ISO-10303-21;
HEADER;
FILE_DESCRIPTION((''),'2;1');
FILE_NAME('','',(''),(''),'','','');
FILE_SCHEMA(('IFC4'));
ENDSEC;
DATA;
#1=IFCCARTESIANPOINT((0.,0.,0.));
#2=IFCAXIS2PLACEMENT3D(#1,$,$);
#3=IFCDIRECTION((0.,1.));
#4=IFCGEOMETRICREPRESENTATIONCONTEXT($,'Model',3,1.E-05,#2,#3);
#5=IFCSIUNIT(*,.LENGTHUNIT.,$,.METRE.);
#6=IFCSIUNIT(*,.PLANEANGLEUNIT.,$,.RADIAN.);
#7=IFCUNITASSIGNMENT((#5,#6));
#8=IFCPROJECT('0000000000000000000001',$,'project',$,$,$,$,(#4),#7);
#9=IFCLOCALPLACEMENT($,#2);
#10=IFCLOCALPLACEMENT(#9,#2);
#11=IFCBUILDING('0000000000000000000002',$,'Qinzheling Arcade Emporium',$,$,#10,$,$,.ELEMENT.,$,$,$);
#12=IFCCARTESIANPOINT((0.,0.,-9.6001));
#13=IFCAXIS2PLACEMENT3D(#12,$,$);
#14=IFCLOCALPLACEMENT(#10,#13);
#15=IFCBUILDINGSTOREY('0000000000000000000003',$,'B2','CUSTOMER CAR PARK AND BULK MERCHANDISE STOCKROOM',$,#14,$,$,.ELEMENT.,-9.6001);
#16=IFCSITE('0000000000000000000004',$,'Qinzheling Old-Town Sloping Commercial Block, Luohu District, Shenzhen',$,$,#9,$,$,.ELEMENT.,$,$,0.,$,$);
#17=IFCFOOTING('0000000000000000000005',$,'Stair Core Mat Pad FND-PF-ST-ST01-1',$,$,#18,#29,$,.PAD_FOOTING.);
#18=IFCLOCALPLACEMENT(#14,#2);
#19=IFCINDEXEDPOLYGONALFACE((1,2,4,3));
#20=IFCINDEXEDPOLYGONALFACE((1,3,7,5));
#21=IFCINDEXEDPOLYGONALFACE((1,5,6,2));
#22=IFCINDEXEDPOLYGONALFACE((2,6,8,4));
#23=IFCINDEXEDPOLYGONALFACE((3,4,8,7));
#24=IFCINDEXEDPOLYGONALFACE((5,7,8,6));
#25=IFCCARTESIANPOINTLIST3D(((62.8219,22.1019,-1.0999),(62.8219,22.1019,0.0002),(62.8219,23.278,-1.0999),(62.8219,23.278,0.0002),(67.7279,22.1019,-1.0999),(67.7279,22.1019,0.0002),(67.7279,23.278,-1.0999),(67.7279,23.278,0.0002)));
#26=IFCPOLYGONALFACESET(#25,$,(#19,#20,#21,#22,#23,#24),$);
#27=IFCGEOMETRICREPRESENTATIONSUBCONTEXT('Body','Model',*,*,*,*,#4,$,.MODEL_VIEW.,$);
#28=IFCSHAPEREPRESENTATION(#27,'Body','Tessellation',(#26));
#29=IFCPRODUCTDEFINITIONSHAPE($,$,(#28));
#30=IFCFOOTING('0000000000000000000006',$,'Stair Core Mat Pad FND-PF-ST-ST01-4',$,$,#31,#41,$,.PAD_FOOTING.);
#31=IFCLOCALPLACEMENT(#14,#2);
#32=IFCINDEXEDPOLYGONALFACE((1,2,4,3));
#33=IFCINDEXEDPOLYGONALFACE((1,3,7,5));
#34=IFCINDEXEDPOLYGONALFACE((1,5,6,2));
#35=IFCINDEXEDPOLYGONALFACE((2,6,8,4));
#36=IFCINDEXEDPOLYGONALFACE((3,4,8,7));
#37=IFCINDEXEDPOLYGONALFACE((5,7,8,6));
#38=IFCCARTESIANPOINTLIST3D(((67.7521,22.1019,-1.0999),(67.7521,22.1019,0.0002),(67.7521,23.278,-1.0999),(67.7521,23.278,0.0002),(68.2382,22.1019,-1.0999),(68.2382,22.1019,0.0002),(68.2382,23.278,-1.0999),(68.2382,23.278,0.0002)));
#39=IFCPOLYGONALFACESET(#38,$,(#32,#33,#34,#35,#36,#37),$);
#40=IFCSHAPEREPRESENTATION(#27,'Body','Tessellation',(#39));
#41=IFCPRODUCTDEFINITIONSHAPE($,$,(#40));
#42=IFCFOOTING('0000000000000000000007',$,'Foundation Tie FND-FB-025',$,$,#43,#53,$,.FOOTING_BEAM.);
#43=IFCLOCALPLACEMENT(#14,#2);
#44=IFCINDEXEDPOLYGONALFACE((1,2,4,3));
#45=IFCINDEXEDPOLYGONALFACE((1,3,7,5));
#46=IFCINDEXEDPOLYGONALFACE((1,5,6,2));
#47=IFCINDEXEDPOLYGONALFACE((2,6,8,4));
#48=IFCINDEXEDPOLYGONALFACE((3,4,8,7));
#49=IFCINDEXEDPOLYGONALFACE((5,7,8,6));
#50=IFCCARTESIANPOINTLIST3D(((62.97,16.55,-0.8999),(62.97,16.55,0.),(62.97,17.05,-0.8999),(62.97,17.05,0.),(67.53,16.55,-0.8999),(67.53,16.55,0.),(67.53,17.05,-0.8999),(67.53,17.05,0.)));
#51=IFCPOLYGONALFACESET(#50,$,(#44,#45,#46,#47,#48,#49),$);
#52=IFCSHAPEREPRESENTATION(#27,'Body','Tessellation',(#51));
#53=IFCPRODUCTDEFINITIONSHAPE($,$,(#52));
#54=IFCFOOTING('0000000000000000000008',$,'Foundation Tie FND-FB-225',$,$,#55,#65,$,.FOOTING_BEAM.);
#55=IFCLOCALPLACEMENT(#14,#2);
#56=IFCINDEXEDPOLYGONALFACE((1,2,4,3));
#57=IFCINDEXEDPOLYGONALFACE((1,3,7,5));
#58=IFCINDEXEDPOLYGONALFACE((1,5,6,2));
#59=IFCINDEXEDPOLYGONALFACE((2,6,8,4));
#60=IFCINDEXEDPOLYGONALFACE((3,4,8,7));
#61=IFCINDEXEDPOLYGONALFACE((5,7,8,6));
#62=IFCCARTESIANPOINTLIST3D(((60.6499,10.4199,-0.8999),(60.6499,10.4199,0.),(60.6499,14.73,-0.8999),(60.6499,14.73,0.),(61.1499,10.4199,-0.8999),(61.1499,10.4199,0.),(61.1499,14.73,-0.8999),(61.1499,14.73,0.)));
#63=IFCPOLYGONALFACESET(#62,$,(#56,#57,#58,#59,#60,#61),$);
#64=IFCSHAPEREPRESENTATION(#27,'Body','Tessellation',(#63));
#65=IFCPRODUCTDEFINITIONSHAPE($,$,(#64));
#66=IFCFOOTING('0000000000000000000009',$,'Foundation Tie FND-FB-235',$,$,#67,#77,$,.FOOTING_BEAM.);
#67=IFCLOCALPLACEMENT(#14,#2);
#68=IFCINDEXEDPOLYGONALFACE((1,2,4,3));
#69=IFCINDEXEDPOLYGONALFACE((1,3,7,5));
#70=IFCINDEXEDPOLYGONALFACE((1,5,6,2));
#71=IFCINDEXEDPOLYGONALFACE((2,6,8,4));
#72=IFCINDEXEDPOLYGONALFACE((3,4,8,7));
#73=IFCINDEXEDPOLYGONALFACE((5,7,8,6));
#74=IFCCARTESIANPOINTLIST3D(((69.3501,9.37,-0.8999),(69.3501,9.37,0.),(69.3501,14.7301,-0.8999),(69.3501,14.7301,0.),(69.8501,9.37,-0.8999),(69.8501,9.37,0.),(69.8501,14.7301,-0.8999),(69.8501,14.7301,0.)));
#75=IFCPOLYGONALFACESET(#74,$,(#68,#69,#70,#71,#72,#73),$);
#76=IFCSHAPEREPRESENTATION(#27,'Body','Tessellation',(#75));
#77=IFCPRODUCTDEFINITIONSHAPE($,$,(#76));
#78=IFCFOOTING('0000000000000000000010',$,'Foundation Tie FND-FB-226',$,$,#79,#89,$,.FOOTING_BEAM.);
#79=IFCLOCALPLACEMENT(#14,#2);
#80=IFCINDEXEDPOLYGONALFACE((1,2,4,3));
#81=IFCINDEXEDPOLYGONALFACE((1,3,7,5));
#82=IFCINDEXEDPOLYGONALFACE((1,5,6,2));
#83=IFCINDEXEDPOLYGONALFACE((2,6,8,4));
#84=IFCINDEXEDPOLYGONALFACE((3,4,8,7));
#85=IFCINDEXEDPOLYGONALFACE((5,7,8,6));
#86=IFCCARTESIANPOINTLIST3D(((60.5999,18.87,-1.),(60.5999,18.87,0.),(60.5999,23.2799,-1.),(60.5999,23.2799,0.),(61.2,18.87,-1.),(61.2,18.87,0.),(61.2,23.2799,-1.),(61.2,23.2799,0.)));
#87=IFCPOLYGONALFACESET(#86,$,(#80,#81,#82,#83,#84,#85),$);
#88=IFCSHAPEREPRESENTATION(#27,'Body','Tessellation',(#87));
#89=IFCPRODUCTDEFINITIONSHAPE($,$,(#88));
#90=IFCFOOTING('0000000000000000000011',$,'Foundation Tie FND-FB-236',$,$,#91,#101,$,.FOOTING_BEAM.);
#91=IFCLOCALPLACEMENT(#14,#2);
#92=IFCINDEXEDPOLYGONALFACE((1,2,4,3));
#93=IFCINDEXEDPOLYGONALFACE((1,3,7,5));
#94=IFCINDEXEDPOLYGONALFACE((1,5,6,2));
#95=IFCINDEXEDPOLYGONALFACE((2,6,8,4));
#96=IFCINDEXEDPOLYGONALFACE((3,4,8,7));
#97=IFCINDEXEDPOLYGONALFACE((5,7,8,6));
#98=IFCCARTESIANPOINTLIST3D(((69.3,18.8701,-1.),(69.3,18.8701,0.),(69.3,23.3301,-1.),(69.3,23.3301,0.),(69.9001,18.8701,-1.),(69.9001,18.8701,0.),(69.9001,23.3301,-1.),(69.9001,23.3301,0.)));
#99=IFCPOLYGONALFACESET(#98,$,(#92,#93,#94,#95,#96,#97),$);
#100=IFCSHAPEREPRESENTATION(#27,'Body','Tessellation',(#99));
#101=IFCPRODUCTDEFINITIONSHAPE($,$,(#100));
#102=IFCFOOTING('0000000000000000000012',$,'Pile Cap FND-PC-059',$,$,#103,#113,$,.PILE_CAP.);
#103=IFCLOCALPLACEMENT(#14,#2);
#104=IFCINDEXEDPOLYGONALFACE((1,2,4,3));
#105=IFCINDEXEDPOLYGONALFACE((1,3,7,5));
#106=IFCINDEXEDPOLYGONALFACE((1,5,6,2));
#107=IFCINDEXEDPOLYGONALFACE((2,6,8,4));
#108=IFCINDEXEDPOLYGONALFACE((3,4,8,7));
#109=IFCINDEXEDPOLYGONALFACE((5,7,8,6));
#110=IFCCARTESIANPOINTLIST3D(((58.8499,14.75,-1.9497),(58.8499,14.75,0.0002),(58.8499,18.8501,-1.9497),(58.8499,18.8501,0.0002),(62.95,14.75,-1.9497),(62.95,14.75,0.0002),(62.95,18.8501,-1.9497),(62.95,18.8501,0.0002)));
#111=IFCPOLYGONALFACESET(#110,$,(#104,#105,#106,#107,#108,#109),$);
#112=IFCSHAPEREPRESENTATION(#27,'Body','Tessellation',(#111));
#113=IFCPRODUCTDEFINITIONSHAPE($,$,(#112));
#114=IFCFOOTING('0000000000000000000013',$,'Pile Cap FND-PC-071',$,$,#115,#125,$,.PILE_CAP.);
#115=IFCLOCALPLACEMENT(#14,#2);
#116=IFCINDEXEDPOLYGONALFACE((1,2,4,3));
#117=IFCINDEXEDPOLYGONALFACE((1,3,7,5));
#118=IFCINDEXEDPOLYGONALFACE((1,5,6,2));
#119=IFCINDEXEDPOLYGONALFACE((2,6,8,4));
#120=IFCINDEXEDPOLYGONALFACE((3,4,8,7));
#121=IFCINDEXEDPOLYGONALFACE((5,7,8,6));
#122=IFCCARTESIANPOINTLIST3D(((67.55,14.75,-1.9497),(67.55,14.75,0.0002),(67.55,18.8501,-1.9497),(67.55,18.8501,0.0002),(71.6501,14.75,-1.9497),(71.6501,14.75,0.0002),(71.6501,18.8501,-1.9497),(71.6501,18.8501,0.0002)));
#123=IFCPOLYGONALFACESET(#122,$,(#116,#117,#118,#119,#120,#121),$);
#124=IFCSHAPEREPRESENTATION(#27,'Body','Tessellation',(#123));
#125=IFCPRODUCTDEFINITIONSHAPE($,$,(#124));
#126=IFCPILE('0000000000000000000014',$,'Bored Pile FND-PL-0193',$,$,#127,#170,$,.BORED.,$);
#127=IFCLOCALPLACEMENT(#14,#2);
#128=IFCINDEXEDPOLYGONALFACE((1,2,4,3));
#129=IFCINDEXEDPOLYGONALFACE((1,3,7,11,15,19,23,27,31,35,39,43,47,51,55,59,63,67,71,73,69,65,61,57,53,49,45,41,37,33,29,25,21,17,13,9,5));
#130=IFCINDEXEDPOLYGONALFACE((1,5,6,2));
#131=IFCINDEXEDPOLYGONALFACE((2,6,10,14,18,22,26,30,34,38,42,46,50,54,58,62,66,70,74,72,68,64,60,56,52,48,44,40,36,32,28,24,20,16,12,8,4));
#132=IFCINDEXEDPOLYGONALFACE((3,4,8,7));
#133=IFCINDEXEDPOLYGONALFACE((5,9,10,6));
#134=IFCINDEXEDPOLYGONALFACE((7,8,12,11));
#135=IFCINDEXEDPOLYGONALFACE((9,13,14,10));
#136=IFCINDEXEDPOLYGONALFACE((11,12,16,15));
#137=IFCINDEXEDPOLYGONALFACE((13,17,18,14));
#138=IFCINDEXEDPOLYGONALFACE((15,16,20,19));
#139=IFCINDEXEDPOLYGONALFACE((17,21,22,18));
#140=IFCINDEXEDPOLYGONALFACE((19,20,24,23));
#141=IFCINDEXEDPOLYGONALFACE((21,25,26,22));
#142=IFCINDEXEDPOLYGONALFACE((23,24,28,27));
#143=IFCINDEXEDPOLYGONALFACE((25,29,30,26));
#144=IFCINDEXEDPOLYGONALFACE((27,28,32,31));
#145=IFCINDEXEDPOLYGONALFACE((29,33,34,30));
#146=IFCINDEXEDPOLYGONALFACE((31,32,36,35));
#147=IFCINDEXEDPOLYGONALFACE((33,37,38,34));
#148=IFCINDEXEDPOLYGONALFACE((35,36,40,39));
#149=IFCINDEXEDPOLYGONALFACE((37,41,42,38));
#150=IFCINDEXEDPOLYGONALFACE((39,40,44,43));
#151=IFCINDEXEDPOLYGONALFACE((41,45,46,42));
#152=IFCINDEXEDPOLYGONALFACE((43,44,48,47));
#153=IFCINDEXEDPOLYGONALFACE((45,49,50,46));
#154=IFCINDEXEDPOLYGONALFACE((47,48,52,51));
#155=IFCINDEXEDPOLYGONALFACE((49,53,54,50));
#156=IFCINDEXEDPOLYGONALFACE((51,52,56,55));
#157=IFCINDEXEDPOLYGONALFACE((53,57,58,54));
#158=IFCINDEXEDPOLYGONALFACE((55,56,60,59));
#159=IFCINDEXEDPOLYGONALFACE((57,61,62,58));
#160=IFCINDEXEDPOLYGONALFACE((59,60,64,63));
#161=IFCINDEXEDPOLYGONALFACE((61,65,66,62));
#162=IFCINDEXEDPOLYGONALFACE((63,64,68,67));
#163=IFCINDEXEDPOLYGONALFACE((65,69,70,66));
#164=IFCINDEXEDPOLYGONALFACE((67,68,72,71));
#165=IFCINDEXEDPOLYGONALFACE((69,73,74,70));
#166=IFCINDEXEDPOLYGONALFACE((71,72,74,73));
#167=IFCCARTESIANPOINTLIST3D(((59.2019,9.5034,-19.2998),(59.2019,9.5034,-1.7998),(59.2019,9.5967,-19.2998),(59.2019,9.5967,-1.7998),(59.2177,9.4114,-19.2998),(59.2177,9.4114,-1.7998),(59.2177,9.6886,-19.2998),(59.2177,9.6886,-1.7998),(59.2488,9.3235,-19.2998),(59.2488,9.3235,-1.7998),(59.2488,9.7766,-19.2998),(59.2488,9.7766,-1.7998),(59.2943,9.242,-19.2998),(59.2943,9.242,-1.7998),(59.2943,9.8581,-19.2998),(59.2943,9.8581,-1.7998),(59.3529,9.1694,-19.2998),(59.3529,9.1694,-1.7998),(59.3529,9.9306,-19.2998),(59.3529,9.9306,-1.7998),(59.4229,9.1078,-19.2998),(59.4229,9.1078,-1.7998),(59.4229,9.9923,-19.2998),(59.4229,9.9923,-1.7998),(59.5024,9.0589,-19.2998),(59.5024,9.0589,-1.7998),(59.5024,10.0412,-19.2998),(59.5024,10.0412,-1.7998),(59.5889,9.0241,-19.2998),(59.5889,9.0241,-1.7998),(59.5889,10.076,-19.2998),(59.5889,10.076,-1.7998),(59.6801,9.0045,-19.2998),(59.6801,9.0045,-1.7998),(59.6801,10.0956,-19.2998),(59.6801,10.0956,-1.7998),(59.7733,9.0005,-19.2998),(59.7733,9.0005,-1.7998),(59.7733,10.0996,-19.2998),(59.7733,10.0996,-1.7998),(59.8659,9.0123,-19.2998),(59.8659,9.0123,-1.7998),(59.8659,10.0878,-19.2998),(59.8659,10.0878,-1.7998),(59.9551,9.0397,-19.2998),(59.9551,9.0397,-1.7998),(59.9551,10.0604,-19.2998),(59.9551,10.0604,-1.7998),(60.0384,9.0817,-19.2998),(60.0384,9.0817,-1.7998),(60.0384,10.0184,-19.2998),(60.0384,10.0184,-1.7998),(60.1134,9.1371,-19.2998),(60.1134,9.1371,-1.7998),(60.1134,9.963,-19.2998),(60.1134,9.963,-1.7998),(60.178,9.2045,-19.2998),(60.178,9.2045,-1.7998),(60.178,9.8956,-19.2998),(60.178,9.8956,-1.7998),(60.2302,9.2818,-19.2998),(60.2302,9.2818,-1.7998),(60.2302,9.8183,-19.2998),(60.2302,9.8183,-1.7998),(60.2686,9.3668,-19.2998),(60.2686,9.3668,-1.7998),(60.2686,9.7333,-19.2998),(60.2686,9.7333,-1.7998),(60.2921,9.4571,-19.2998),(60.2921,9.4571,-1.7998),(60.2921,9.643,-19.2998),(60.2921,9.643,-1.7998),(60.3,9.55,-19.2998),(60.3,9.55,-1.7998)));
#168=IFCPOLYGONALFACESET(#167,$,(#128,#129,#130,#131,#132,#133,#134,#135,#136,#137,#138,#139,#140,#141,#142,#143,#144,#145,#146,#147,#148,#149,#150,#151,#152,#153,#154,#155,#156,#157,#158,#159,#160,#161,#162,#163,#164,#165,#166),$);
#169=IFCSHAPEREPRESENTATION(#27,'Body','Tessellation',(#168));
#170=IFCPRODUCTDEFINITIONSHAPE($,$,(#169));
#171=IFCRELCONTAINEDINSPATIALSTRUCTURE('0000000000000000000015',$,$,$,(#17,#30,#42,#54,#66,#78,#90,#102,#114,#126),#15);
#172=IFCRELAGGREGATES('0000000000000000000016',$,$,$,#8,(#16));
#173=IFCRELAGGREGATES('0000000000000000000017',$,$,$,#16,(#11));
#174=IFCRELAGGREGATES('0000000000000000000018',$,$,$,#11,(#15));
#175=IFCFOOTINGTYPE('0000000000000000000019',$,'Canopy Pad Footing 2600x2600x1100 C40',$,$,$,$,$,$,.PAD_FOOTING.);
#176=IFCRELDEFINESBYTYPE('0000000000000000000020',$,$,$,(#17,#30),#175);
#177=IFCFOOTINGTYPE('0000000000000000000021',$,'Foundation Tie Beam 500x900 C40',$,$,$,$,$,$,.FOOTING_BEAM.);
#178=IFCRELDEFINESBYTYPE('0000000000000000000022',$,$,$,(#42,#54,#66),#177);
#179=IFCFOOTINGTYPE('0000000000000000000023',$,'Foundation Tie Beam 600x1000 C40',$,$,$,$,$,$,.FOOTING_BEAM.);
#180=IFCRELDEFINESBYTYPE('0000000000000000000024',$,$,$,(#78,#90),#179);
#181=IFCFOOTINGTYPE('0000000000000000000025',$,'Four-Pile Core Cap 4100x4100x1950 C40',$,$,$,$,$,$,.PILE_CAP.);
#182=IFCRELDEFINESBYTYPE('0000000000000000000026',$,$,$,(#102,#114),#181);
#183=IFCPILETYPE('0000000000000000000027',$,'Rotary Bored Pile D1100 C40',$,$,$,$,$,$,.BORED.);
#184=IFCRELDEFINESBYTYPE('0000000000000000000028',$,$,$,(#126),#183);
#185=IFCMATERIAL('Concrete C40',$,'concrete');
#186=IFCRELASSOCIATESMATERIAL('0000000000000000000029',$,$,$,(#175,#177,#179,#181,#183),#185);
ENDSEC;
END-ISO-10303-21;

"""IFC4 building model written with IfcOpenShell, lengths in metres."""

from ifc_helpers import new_model, si_unit, direction, frame, origin, origin_2d, place, context, subcontext, project, spatial, rectangle, circle, extrude, material, material_profile, profile_set, type_object, element, save


model = new_model("IFC4")

# Units and contexts
model_context = context("Model", 3, precision=1e-05, world=origin(), true_north=direction((0.0, 1.0)))
body_context = subcontext(model_context, "Body", "Model", "MODEL_VIEW")
ifc_project = project(units=[si_unit("LENGTHUNIT", "METRE"), si_unit("PLANEANGLEUNIT", "RADIAN")], contexts=[model_context])

# Site, building, storey
site_placement = place(None, origin())
site = spatial("IfcSite", under=ifc_project, at=site_placement, Name="Qinzheling Old-Town Sloping Commercial Block, Luohu District, Shenzhen", CompositionType="ELEMENT", RefElevation=0.0)
building_placement = place(site_placement, origin())
building = spatial("IfcBuilding", under=site, at=building_placement, Name="Qinzheling Arcade Emporium", CompositionType="ELEMENT")
storey_placement = place(building_placement, frame((0.0, 0.0, -9.6001)))
storey = spatial("IfcBuildingStorey", under=building, at=storey_placement, Name="B2", Description="CUSTOMER CAR PARK AND BULK MERCHANDISE STOCKROOM", CompositionType="ELEMENT", Elevation=-9.6001)

# Footings
ifc_material_1 = material(Name="Concrete C40", Category="concrete")
footing_type_1 = type_object("IfcFootingType", Name="Canopy Pad Footing 2600x2600x1100 C40", PredefinedType="PAD_FOOTING", material=ifc_material_1)
footing_1_placement = place(storey_placement, frame((65.2749, 22.6899, -1.0999), z_axis=(0.0, 0.0, 1.0), x_axis=(1.0, 0.0, 0.0)))
element("IfcFooting", 1, at=footing_1_placement, inside=storey, type_object=footing_type_1, Name="Stair Core Mat Pad FND-PF-ST-ST01-1", PredefinedType="PAD_FOOTING", context=body_context, shape_type="SweptSolid", body=[
    extrude(rectangle(XDim=4.906, YDim=1.176, at=origin_2d()), origin(), (0.0, 0.0, 1.0), 1.1001),
])
footing_2_placement = place(storey_placement, frame((67.9951, 22.6899, -1.0999), z_axis=(0.0, 0.0, 1.0), x_axis=(1.0, 0.0, 0.0)))
element("IfcFooting", 2, at=footing_2_placement, inside=storey, type_object=footing_type_1, Name="Stair Core Mat Pad FND-PF-ST-ST01-4", PredefinedType="PAD_FOOTING", context=body_context, shape_type="SweptSolid", body=[
    extrude(rectangle(XDim=0.4861, YDim=1.176, at=origin_2d()), origin(), (0.0, 0.0, 1.0), 1.1001),
])
footing_type_2 = type_object("IfcFootingType", Name="Foundation Tie Beam 500x900 C40", PredefinedType="FOOTING_BEAM", material=ifc_material_1)
footing_3_placement = place(storey_placement, frame((65.25, 16.8, -0.8999), z_axis=(0.0, 0.0, 1.0), x_axis=(1.0, 0.0, 0.0)))
element("IfcFooting", 3, at=footing_3_placement, inside=storey, type_object=footing_type_2, Name="Foundation Tie FND-FB-025", PredefinedType="FOOTING_BEAM", context=body_context, shape_type="SweptSolid", body=[
    extrude(rectangle(XDim=4.5601, YDim=0.5, at=origin_2d()), origin(), (0.0, 0.0, 1.0), 0.8999),
])
footing_4_placement = place(storey_placement, frame((60.8999, 12.575, -0.8999), z_axis=(0.0, 0.0, 1.0), x_axis=(1.0, 0.0, 0.0)))
element("IfcFooting", 4, at=footing_4_placement, inside=storey, type_object=footing_type_2, Name="Foundation Tie FND-FB-225", PredefinedType="FOOTING_BEAM", context=body_context, shape_type="SweptSolid", body=[
    extrude(rectangle(XDim=0.5, YDim=4.3101, at=origin_2d()), origin(), (0.0, 0.0, 1.0), 0.8999),
])
footing_5_placement = place(storey_placement, frame((69.6001, 12.05, -0.8999), z_axis=(0.0, 0.0, 1.0), x_axis=(1.0, 0.0, 0.0)))
element("IfcFooting", 5, at=footing_5_placement, inside=storey, type_object=footing_type_2, Name="Foundation Tie FND-FB-235", PredefinedType="FOOTING_BEAM", context=body_context, shape_type="SweptSolid", body=[
    extrude(rectangle(XDim=0.5, YDim=5.3601, at=origin_2d()), origin(), (0.0, 0.0, 1.0), 0.8999),
])
footing_type_3 = type_object("IfcFootingType", Name="Foundation Tie Beam 600x1000 C40", PredefinedType="FOOTING_BEAM", material=ifc_material_1)
footing_6_placement = place(storey_placement, frame((60.8999, 21.075, -1.0), z_axis=(0.0, 0.0, 1.0), x_axis=(1.0, 0.0, 0.0)))
element("IfcFooting", 6, at=footing_6_placement, inside=storey, type_object=footing_type_3, Name="Foundation Tie FND-FB-226", PredefinedType="FOOTING_BEAM", context=body_context, shape_type="SweptSolid", body=[
    extrude(rectangle(XDim=0.6001, YDim=4.4099, at=origin_2d()), origin(), (0.0, 0.0, 1.0), 1.0),
])
footing_7_placement = place(storey_placement, frame((69.6001, 21.1001, -1.0), z_axis=(0.0, 0.0, 1.0), x_axis=(1.0, 0.0, 0.0)))
element("IfcFooting", 7, at=footing_7_placement, inside=storey, type_object=footing_type_3, Name="Foundation Tie FND-FB-236", PredefinedType="FOOTING_BEAM", context=body_context, shape_type="SweptSolid", body=[
    extrude(rectangle(XDim=0.6001, YDim=4.46, at=origin_2d()), origin(), (0.0, 0.0, 1.0), 1.0),
])
footing_type_4 = type_object("IfcFootingType", Name="Four-Pile Core Cap 4100x4100x1950 C40", PredefinedType="PILE_CAP", material=ifc_material_1)
for number, where, z_axis, x_axis, name in (
    (8, (60.8999, 16.8, -1.9497), (0.0, 0.0, 1.0), (1.0, 0.0, 0.0), "Pile Cap FND-PC-059"),
    (9, (69.6001, 16.8, -1.9497), (0.0, 0.0, 1.0), (1.0, 0.0, 0.0), "Pile Cap FND-PC-071"),
):
    element("IfcFooting", number, at=place(storey_placement, frame(where, z_axis=z_axis, x_axis=x_axis)), inside=storey, type_object=footing_type_4, Name=name, PredefinedType="PILE_CAP", context=body_context, shape_type="SweptSolid", body=[
        extrude(rectangle(XDim=4.1001, YDim=4.1001, at=origin_2d()), origin(), (0.0, 0.0, 1.0), 1.95),
    ])

# Pile
ifc_material_profile_1 = material_profile(ifc_material_1, circle(Radius=0.55, at=origin_2d()), Name="BORED D1100", Category="concrete")
ifc_profile_set_1 = profile_set([ifc_material_profile_1], Name="Concrete C40")
pile_type = type_object("IfcPileType", Name="Rotary Bored Pile D1100 C40", PredefinedType="BORED", material=ifc_profile_set_1)
for number, where, z_axis, x_axis, name in (
    (10, (59.75, 9.55, -1.7998), (0.0, 0.0, -1.0), (1.0, 0.0, 0.0), "Bored Pile FND-PL-0193"),
):
    element("IfcPile", number, at=place(storey_placement, frame(where, z_axis=z_axis, x_axis=x_axis)), inside=storey, type_object=pile_type, Name=name, PredefinedType="BORED", context=body_context, shape_type="SweptSolid", body=[
        extrude(circle(Radius=0.55, at=origin_2d()), origin(), (0.0, 0.0, 1.0), 17.5),
    ])

save(model, "model.ifc")
